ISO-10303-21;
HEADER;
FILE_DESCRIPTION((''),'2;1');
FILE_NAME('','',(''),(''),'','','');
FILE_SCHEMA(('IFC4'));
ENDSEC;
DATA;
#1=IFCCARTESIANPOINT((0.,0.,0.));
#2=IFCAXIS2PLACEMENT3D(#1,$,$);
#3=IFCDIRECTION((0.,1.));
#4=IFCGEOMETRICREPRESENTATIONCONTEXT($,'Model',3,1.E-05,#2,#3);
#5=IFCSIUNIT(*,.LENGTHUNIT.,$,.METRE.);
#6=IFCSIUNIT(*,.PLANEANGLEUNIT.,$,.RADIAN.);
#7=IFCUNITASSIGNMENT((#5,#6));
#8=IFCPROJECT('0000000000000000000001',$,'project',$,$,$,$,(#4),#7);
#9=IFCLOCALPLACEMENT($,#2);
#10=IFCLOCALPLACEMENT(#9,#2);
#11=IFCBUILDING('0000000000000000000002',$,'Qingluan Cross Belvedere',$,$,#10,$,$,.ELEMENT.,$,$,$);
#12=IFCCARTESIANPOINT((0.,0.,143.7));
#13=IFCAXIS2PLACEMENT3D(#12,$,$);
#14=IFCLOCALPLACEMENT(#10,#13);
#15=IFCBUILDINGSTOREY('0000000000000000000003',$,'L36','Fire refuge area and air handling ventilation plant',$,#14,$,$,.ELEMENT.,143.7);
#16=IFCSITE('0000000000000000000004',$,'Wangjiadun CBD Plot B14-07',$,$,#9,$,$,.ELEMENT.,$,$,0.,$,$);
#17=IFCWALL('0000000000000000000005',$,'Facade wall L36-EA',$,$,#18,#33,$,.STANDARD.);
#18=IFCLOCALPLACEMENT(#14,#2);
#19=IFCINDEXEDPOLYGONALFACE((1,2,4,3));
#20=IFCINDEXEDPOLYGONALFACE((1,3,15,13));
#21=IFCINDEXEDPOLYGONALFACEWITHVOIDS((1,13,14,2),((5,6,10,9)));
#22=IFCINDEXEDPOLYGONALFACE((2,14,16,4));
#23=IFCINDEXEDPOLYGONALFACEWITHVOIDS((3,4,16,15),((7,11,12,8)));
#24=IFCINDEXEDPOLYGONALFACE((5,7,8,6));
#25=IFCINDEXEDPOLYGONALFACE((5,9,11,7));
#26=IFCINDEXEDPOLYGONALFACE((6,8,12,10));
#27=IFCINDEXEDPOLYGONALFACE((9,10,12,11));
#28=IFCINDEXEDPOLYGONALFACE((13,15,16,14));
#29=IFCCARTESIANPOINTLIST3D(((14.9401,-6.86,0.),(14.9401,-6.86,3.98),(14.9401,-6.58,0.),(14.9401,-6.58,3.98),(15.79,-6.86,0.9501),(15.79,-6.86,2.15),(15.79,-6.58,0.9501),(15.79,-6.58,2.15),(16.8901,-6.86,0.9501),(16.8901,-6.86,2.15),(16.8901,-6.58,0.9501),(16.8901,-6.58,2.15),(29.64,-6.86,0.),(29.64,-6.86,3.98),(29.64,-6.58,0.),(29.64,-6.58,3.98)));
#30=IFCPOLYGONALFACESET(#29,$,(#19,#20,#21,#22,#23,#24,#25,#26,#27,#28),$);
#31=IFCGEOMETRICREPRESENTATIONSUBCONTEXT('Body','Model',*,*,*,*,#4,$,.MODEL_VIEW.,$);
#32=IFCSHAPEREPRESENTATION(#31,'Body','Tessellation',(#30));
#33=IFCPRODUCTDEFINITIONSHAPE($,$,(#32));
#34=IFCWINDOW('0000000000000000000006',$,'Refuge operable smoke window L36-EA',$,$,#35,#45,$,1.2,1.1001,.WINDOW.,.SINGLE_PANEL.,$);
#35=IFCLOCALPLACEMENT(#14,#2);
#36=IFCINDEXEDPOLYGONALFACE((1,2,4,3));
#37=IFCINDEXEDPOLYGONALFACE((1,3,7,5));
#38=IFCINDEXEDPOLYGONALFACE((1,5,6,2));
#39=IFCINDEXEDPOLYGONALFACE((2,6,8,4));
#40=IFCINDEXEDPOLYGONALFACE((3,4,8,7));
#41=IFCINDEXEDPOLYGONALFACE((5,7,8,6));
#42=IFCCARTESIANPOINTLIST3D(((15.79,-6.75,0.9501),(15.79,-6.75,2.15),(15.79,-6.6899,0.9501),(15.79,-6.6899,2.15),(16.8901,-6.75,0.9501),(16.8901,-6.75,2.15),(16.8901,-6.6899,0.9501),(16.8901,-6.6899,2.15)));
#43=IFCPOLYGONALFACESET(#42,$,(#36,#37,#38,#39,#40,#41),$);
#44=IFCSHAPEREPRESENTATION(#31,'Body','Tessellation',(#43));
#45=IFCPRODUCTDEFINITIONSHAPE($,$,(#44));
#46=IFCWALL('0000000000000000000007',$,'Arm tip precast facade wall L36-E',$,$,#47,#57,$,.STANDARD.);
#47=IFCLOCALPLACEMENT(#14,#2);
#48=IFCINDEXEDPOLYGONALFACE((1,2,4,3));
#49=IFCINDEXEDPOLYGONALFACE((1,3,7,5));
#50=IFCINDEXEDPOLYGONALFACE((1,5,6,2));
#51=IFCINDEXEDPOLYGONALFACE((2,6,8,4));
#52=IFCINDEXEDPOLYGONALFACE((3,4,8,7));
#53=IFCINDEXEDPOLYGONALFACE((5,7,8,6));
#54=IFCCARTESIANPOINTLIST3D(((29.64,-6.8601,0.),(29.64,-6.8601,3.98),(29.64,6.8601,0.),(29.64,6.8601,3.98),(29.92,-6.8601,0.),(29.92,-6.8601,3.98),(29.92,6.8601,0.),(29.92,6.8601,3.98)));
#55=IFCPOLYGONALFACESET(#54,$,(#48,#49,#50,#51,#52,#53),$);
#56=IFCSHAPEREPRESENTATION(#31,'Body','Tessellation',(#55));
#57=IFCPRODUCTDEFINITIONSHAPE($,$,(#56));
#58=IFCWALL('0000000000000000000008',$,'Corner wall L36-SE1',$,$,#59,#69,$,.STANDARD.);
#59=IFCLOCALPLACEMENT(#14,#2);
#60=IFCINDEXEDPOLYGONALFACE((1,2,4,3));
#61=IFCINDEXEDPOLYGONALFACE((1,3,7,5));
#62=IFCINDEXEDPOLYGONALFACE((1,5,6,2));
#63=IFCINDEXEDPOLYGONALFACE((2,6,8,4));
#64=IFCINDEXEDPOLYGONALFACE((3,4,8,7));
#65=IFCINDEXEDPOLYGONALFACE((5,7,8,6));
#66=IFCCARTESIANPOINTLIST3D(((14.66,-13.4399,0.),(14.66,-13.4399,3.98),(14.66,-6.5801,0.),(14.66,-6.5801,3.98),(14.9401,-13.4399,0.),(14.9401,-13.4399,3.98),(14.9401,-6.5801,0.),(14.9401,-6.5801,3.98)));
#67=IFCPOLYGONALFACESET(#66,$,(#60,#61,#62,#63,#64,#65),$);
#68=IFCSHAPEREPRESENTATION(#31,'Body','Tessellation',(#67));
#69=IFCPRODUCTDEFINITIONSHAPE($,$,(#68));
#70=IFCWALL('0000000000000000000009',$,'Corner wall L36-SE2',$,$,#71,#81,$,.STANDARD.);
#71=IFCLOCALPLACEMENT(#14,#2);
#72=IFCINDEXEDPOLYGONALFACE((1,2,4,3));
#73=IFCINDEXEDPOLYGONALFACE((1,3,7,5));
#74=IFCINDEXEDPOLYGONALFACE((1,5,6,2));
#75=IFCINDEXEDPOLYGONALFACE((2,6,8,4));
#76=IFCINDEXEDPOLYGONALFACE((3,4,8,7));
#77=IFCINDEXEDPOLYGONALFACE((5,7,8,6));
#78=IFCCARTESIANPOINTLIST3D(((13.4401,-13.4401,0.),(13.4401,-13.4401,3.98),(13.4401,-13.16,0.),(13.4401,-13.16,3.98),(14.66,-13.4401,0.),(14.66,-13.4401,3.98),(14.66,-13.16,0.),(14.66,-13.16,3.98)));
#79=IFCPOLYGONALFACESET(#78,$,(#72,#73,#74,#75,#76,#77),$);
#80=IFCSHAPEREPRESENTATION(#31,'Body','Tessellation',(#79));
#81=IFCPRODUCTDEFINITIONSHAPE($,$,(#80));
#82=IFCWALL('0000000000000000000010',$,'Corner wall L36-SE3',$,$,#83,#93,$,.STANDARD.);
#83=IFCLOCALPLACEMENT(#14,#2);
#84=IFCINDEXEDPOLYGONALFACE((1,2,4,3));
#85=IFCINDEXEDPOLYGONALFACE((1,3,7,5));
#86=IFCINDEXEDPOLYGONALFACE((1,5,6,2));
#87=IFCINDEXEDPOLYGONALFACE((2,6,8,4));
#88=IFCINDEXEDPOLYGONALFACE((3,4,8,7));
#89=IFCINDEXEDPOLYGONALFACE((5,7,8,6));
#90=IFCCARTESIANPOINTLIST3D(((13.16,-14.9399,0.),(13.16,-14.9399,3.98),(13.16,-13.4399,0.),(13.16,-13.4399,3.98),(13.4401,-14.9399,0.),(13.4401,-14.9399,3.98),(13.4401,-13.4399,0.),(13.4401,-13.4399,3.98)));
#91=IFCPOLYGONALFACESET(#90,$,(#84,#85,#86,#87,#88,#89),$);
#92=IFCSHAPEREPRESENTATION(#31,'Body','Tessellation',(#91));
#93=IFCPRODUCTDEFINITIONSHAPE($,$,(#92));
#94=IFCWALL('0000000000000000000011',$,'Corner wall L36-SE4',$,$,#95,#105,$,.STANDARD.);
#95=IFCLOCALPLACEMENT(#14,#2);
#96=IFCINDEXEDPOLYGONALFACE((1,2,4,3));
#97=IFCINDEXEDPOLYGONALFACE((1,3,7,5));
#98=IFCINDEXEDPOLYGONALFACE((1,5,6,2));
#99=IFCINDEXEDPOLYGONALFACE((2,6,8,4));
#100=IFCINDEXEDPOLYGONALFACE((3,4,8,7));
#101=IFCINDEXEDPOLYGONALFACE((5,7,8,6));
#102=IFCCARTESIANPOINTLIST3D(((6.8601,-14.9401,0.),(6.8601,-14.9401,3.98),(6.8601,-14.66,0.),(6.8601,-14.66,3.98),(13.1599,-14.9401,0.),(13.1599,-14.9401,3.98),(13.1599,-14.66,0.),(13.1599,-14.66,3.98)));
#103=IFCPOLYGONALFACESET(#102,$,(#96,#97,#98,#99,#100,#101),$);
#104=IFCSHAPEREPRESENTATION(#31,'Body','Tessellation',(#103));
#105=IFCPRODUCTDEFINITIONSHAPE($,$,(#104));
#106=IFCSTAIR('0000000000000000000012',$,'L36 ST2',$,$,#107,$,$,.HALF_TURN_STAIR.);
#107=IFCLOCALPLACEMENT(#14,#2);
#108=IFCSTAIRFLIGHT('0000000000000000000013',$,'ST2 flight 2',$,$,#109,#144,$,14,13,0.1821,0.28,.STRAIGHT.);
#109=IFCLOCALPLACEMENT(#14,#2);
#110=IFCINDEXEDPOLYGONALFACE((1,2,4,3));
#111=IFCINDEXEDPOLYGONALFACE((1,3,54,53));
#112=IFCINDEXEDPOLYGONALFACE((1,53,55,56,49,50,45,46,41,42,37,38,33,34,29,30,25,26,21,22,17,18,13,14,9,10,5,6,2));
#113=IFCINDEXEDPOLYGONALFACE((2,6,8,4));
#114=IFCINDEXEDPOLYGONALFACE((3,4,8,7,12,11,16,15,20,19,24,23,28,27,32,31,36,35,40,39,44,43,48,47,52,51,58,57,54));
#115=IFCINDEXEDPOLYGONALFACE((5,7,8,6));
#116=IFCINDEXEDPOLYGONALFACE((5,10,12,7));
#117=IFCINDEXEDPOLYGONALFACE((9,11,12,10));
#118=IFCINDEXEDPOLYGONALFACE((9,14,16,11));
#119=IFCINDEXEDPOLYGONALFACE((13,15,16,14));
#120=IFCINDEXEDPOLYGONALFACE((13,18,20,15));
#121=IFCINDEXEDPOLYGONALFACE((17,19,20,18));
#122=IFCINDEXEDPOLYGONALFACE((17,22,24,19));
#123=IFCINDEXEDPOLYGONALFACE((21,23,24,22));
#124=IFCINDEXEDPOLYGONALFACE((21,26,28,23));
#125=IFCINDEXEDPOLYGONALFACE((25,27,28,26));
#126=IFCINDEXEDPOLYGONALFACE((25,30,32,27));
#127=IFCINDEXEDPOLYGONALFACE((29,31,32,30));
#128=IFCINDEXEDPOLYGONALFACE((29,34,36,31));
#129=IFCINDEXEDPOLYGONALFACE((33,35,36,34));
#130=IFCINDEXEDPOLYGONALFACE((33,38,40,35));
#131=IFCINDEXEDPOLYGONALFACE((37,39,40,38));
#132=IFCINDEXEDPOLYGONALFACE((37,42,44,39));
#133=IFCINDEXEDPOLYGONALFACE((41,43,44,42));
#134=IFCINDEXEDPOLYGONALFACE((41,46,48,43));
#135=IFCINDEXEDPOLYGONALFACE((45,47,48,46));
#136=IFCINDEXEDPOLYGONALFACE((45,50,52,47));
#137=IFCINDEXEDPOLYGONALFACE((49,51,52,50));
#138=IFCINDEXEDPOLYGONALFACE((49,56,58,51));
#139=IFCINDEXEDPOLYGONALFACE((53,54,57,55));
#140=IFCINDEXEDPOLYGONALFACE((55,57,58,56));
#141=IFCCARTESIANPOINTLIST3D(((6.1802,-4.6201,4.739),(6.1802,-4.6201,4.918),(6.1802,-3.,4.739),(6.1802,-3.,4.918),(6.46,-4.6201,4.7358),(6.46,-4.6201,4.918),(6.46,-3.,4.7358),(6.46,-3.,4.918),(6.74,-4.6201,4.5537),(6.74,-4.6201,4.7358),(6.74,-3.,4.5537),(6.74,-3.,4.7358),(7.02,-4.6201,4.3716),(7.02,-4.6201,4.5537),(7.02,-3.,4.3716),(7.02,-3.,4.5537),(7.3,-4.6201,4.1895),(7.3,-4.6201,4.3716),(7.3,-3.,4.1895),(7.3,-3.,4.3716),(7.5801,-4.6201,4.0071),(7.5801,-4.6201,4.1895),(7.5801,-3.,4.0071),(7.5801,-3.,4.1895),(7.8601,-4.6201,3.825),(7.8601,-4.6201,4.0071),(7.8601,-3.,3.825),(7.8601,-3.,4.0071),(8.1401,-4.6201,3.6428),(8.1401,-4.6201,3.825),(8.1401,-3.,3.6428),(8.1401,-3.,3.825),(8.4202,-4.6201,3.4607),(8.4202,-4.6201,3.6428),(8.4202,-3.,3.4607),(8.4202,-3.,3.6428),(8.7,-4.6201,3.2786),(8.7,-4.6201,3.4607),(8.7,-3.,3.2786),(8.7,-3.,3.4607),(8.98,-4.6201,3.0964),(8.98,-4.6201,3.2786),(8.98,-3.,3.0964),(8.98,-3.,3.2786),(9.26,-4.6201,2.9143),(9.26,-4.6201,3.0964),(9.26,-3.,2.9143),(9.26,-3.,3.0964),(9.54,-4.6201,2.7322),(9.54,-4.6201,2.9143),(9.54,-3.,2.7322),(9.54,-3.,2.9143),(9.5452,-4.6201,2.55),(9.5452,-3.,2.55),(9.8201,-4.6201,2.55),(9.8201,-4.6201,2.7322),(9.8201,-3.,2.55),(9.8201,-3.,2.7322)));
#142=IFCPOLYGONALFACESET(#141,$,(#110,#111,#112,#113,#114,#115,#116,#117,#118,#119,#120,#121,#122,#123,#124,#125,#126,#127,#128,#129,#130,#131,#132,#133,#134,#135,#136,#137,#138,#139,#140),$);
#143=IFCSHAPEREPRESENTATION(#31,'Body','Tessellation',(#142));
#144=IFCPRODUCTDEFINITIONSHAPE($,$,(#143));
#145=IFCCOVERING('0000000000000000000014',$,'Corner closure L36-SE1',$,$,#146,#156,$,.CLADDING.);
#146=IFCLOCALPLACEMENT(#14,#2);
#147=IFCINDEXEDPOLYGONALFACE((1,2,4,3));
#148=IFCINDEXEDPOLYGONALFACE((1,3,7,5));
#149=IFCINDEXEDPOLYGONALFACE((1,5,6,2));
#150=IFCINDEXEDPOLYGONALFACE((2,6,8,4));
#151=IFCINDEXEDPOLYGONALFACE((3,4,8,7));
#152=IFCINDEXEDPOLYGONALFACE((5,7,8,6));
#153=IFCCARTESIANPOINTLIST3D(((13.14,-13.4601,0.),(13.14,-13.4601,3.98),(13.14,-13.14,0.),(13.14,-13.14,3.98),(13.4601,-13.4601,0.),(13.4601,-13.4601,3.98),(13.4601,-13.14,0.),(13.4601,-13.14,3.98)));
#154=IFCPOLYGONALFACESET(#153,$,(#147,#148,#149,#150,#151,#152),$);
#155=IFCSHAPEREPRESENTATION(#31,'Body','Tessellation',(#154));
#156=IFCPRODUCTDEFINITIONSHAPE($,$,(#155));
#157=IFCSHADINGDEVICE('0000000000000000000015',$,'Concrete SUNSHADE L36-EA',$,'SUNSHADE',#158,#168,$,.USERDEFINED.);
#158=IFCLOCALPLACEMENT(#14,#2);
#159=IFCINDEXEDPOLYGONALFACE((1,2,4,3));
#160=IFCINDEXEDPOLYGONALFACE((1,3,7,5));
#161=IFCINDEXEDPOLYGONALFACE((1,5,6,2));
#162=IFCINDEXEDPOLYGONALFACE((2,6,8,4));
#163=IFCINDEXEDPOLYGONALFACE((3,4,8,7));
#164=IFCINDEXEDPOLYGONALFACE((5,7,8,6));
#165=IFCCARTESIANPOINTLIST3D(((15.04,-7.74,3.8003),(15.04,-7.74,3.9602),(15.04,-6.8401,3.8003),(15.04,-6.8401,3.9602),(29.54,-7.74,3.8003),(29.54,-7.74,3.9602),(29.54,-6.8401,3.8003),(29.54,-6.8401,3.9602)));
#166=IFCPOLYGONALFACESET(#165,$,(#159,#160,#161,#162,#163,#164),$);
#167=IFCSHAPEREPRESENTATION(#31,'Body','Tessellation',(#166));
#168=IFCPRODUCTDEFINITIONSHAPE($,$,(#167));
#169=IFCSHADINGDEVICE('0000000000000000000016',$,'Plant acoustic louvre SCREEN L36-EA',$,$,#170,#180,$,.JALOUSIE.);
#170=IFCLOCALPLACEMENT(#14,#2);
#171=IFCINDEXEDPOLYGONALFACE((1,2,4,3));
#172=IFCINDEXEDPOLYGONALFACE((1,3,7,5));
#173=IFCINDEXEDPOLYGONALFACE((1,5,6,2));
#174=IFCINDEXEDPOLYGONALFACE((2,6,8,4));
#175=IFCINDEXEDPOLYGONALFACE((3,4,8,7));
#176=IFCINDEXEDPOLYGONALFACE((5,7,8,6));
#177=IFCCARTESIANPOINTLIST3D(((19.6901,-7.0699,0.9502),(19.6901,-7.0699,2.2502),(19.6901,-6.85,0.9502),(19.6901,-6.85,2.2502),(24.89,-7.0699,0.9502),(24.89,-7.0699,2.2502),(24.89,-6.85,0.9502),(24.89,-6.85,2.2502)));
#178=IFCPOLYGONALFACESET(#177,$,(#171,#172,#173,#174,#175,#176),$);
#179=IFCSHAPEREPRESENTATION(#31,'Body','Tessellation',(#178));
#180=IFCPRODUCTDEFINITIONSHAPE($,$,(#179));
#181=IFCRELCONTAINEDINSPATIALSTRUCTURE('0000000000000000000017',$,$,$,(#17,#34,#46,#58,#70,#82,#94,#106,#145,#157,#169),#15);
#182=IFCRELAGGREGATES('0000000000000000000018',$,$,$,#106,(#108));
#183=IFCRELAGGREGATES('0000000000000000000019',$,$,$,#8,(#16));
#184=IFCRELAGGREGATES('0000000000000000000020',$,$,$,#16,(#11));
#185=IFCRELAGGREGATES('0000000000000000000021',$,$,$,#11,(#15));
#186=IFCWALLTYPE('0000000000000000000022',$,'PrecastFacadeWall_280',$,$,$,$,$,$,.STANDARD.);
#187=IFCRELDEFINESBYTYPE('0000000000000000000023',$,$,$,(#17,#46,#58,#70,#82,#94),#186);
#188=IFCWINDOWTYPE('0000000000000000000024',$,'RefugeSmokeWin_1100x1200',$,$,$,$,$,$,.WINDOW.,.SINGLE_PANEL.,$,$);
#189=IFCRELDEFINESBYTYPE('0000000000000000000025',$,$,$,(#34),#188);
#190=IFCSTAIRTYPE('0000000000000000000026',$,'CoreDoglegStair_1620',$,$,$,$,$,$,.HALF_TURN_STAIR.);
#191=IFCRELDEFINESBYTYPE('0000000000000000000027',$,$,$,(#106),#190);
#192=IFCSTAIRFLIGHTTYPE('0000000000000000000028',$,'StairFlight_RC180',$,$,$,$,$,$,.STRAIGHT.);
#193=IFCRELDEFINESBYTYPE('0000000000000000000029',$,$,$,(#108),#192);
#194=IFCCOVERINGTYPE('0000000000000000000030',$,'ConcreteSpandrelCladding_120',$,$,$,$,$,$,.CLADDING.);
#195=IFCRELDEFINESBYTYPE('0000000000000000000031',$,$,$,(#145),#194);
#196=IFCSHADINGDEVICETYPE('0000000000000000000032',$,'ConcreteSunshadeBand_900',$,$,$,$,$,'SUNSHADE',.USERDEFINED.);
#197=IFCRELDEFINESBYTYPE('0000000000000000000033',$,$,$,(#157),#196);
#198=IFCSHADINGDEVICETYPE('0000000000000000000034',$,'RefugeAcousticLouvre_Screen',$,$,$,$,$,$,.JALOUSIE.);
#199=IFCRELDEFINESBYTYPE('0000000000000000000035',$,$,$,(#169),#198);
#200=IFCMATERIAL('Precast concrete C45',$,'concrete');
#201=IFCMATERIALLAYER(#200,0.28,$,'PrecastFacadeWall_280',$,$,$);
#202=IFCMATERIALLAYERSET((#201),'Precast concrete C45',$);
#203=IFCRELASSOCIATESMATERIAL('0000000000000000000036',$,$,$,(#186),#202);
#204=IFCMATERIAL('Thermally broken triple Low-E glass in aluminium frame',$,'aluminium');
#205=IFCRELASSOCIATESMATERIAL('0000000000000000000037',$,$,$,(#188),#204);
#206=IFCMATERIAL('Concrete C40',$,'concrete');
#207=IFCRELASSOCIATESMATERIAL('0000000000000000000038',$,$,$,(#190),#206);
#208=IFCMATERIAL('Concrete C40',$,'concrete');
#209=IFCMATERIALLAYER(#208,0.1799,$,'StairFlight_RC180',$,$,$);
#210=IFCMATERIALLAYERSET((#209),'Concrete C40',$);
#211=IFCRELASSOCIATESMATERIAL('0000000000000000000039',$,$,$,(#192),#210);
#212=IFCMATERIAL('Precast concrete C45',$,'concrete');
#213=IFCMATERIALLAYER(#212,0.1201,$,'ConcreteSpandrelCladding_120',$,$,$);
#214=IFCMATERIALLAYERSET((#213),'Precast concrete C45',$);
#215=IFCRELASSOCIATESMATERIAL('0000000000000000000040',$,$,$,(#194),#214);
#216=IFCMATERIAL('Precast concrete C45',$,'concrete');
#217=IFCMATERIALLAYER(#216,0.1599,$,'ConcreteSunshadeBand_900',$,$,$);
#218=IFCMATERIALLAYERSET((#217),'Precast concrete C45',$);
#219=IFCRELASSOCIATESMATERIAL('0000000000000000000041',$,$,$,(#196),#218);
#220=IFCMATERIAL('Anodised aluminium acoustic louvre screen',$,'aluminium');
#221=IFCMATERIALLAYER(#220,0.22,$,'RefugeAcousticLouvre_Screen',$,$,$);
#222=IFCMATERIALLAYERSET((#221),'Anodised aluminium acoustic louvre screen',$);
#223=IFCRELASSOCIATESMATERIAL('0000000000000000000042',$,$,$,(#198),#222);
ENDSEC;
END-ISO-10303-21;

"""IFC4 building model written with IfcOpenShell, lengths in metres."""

from ifc_helpers import new_model, si_unit, direction, frame, frame_2d, origin, origin_2d, place, context, subcontext, project, spatial, polyline, rectangle, outline, extrude, material, layer, layer_set, type_object, element, fill, aggregate, save


model = new_model("IFC4")

# Units and contexts
model_context = context("Model", 3, precision=1e-05, world=origin(), true_north=direction((0.0, 1.0)))
body_context = subcontext(model_context, "Body", "Model", "MODEL_VIEW")
ifc_project = project(units=[si_unit("LENGTHUNIT", "METRE"), si_unit("PLANEANGLEUNIT", "RADIAN")], contexts=[model_context])

# Site, building, storey
site_placement = place(None, origin())
site = spatial("IfcSite", under=ifc_project, at=site_placement, Name="Wangjiadun CBD Plot B14-07", CompositionType="ELEMENT", RefElevation=0.0)
building_placement = place(site_placement, origin())
building = spatial("IfcBuilding", under=site, at=building_placement, Name="Qingluan Cross Belvedere", CompositionType="ELEMENT")
storey_placement = place(building_placement, frame((0.0, 0.0, 143.7)))
storey = spatial("IfcBuildingStorey", under=building, at=storey_placement, Name="L36", Description="Fire refuge area and air handling ventilation plant", CompositionType="ELEMENT", Elevation=143.7)

# Wall, opening, window
ifc_material_1 = material(Name="Precast concrete C45", Category="concrete")
ifc_layer_1 = layer(ifc_material_1, 0.28, Name="PrecastFacadeWall_280")
ifc_layer_set_1 = layer_set([ifc_layer_1], Name="Precast concrete C45")
wall_type_1 = type_object("IfcWallType", Name="PrecastFacadeWall_280", PredefinedType="STANDARD", material=ifc_layer_set_1)
wall_1_placement = place(storey_placement, frame((14.9399, -6.72, 0.0), z_axis=(0.0, 0.0, 1.0), x_axis=(1.0, 0.0, 0.0)))
wall_1 = element("IfcWall", 1, at=wall_1_placement, inside=storey, type_object=wall_type_1, Name="Facade wall L36-EA", PredefinedType="STANDARD", context=body_context, shape_type="SweptSolid", body=[
    extrude(rectangle(XDim=14.7, YDim=0.28, at=frame_2d((7.3501, 0.0))), origin(), (0.0, 0.0, 1.0), 3.98),
])
opening_1_placement = place(wall_1_placement, frame((0.8501, 0.0, 0.95)))
opening_1 = element("IfcOpeningElement", 2, at=opening_1_placement, cuts=wall_1, PredefinedType="OPENING", context=body_context, shape_type="SweptSolid", body=[
    extrude(rectangle(XDim=1.1001, YDim=1.2, at=frame_2d((0.55, 0.6001))), frame((0.0, 0.1499, 0.0), z_axis=(0.0, -1.0, 0.0), x_axis=(1.0, 0.0, 0.0)), (0.0, 0.0, 1.0), 0.3),
])
ifc_material_2 = material(Name="Thermally broken triple Low-E glass in aluminium frame", Category="aluminium")
window_type = type_object("IfcWindowType", Name="RefugeSmokeWin_1100x1200", PartitioningType="SINGLE_PANEL", PredefinedType="WINDOW", material=ifc_material_2)
window_placement = place(opening_1_placement, origin())
window = element("IfcWindow", 3, at=window_placement, inside=storey, type_object=window_type, Name="Refuge operable smoke window L36-EA", OverallHeight=1.2, OverallWidth=1.1001, PartitioningType="SINGLE_PANEL", PredefinedType="WINDOW", context=body_context, shape_type="SweptSolid", body=[
    extrude(rectangle(XDim=1.1001, YDim=1.2, at=frame_2d((0.55, 0.6001))), frame((0.0, 0.03, 0.0), z_axis=(0.0, -1.0, 0.0), x_axis=(1.0, 0.0, 0.0)), (0.0, 0.0, 1.0), 0.0601),
])
fill(opening_1, window)

# Walls
wall_2_placement = place(storey_placement, frame((29.78, -6.8601, 0.0), z_axis=(0.0, 0.0, 1.0), x_axis=(0.0, 1.0, 0.0)))
element("IfcWall", 4, at=wall_2_placement, inside=storey, type_object=wall_type_1, Name="Arm tip precast facade wall L36-E", PredefinedType="STANDARD", context=body_context, shape_type="SweptSolid", body=[
    extrude(rectangle(XDim=13.7202, YDim=0.28, at=frame_2d((6.8601, 0.0))), origin(), (0.0, 0.0, 1.0), 3.98),
])
wall_3_placement = place(storey_placement, frame((14.8, -6.5801, 0.0), z_axis=(0.0, 0.0, 1.0), x_axis=(0.0, -1.0, 0.0)))
element("IfcWall", 5, at=wall_3_placement, inside=storey, type_object=wall_type_1, Name="Corner wall L36-SE1", PredefinedType="STANDARD", context=body_context, shape_type="SweptSolid", body=[
    extrude(rectangle(XDim=6.8599, YDim=0.28, at=frame_2d((3.4299, 0.0))), origin(), (0.0, 0.0, 1.0), 3.98),
])
wall_4_placement = place(storey_placement, frame((14.6599, -13.3, 0.0), z_axis=(0.0, 0.0, 1.0), x_axis=(-1.0, 0.0, 0.0)))
element("IfcWall", 6, at=wall_4_placement, inside=storey, type_object=wall_type_1, Name="Corner wall L36-SE2", PredefinedType="STANDARD", context=body_context, shape_type="SweptSolid", body=[
    extrude(rectangle(XDim=1.22, YDim=0.28, at=frame_2d((0.6099, 0.0))), origin(), (0.0, 0.0, 1.0), 3.98),
])
wall_5_placement = place(storey_placement, frame((13.3, -13.4399, 0.0), z_axis=(0.0, 0.0, 1.0), x_axis=(0.0, -1.0, 0.0)))
element("IfcWall", 7, at=wall_5_placement, inside=storey, type_object=wall_type_1, Name="Corner wall L36-SE3", PredefinedType="STANDARD", context=body_context, shape_type="SweptSolid", body=[
    extrude(rectangle(XDim=1.5, YDim=0.28, at=frame_2d((0.75, 0.0))), origin(), (0.0, 0.0, 1.0), 3.98),
])
wall_6_placement = place(storey_placement, frame((13.1599, -14.8, 0.0), z_axis=(0.0, 0.0, 1.0), x_axis=(-1.0, 0.0, 0.0)))
element("IfcWall", 8, at=wall_6_placement, inside=storey, type_object=wall_type_1, Name="Corner wall L36-SE4", PredefinedType="STANDARD", context=body_context, shape_type="SweptSolid", body=[
    extrude(rectangle(XDim=6.2998, YDim=0.28, at=frame_2d((3.1499, 0.0))), origin(), (0.0, 0.0, 1.0), 3.98),
])

# Stair, stair flight
ifc_material_3 = material(Name="Concrete C40", Category="concrete")
stair_type = type_object("IfcStairType", Name="CoreDoglegStair_1620", PredefinedType="HALF_TURN_STAIR", material=ifc_material_3)
stair_placement = place(storey_placement, origin())
stair = element("IfcStair", 9, at=stair_placement, inside=storey, type_object=stair_type, Name="L36 ST2", PredefinedType="HALF_TURN_STAIR")
ifc_material_4 = material(Name="Concrete C40", Category="concrete")
ifc_layer_2 = layer(ifc_material_4, 0.1799, Name="StairFlight_RC180")
ifc_layer_set_2 = layer_set([ifc_layer_2], Name="Concrete C40")
stair_flight_type = type_object("IfcStairFlightType", Name="StairFlight_RC180", PredefinedType="STRAIGHT", material=ifc_layer_set_2)
stair_flight_placement = place(storey_placement, frame((9.8201, -3.8101, 2.55), z_axis=(0.0, 0.0, 1.0), x_axis=(-1.0, 0.0, 0.0)))
stair_flight = element("IfcStairFlight", 10, at=stair_flight_placement, type_object=stair_flight_type, Name="ST2 flight 2", NumberOfRisers=14, NumberOfTreads=13, PredefinedType="STRAIGHT", RiserHeight=0.1821, TreadLength=0.28, context=body_context, shape_type="SweptSolid", body=[
    extrude(outline(polyline([(0.0, 0.0), (0.0, 0.1821), (0.28, 0.1821), (0.28, 0.3643), (0.5601, 0.3643), (0.5601, 0.5464), (0.8401, 0.5464), (0.8401, 0.7285), (1.1201, 0.7285), (1.1201, 0.9106), (1.3999, 0.9106), (1.3999, 1.0928), (1.6799, 1.0928), (1.6799, 1.2749), (1.96, 1.2749), (1.96, 1.457), (2.24, 1.457), (2.24, 1.6394), (2.52, 1.6394), (2.52, 1.8215), (2.8, 1.8215), (2.8, 2.0037), (3.0801, 2.0037), (3.0801, 2.1858), (3.3601, 2.1858), (3.3601, 2.3679), (3.6399, 2.3679), (3.6399, 2.55), (3.6399, 2.189), (0.2749, 0.0), (0.0, 0.0)])), frame((0.0, 0.8101, 0.0), z_axis=(0.0, -1.0, 0.0), x_axis=(1.0, 0.0, 0.0)), (0.0, 0.0, 1.0), 1.6201),
])
aggregate(stair, [stair_flight])

# Covering
ifc_material_5 = material(Name="Precast concrete C45", Category="concrete")
ifc_layer_3 = layer(ifc_material_5, 0.1201, Name="ConcreteSpandrelCladding_120")
ifc_layer_set_3 = layer_set([ifc_layer_3], Name="Precast concrete C45")
covering_type = type_object("IfcCoveringType", Name="ConcreteSpandrelCladding_120", PredefinedType="CLADDING", material=ifc_layer_set_3)
covering_placement = place(storey_placement, frame((13.3, -13.3, 0.0), z_axis=(0.0, 0.0, 1.0), x_axis=(1.0, 0.0, 0.0)))
element("IfcCovering", 11, at=covering_placement, inside=storey, type_object=covering_type, Name="Corner closure L36-SE1", PredefinedType="CLADDING", context=body_context, shape_type="SweptSolid", body=[
    extrude(rectangle(XDim=0.3201, YDim=0.3201, at=origin_2d()), origin(), (0.0, 0.0, 1.0), 3.98),
])

# Shading devices
ifc_material_6 = material(Name="Precast concrete C45", Category="concrete")
ifc_layer_4 = layer(ifc_material_6, 0.1599, Name="ConcreteSunshadeBand_900")
ifc_layer_set_4 = layer_set([ifc_layer_4], Name="Precast concrete C45")
shading_device_type_1 = type_object("IfcShadingDeviceType", Name="ConcreteSunshadeBand_900", ElementType="SUNSHADE", PredefinedType="USERDEFINED", material=ifc_layer_set_4)
shading_device_1_placement = place(storey_placement, frame((22.29, -7.29, 3.8003), z_axis=(0.0, 0.0, 1.0), x_axis=(1.0, 0.0, 0.0)))
element("IfcShadingDevice", 12, at=shading_device_1_placement, inside=storey, type_object=shading_device_type_1, Name="Concrete SUNSHADE L36-EA", ObjectType="SUNSHADE", PredefinedType="USERDEFINED", context=body_context, shape_type="SweptSolid", body=[
    extrude(rectangle(XDim=14.5, YDim=0.8999, at=origin_2d()), origin(), (0.0, 0.0, 1.0), 0.1599),
])
ifc_material_7 = material(Name="Anodised aluminium acoustic louvre screen", Category="aluminium")
ifc_layer_5 = layer(ifc_material_7, 0.22, Name="RefugeAcousticLouvre_Screen")
ifc_layer_set_5 = layer_set([ifc_layer_5], Name="Anodised aluminium acoustic louvre screen")
shading_device_type_2 = type_object("IfcShadingDeviceType", Name="RefugeAcousticLouvre_Screen", PredefinedType="JALOUSIE", material=ifc_layer_set_5)
shading_device_2_placement = place(storey_placement, frame((22.29, -6.96, 0.9502), z_axis=(0.0, 0.0, 1.0), x_axis=(1.0, 0.0, 0.0)))
element("IfcShadingDevice", 13, at=shading_device_2_placement, inside=storey, type_object=shading_device_type_2, Name="Plant acoustic louvre SCREEN L36-EA", PredefinedType="JALOUSIE", context=body_context, shape_type="SweptSolid", body=[
    extrude(rectangle(XDim=5.2, YDim=0.22, at=origin_2d()), origin(), (0.0, 0.0, 1.0), 1.3),
])

save(model, "model.ifc")
